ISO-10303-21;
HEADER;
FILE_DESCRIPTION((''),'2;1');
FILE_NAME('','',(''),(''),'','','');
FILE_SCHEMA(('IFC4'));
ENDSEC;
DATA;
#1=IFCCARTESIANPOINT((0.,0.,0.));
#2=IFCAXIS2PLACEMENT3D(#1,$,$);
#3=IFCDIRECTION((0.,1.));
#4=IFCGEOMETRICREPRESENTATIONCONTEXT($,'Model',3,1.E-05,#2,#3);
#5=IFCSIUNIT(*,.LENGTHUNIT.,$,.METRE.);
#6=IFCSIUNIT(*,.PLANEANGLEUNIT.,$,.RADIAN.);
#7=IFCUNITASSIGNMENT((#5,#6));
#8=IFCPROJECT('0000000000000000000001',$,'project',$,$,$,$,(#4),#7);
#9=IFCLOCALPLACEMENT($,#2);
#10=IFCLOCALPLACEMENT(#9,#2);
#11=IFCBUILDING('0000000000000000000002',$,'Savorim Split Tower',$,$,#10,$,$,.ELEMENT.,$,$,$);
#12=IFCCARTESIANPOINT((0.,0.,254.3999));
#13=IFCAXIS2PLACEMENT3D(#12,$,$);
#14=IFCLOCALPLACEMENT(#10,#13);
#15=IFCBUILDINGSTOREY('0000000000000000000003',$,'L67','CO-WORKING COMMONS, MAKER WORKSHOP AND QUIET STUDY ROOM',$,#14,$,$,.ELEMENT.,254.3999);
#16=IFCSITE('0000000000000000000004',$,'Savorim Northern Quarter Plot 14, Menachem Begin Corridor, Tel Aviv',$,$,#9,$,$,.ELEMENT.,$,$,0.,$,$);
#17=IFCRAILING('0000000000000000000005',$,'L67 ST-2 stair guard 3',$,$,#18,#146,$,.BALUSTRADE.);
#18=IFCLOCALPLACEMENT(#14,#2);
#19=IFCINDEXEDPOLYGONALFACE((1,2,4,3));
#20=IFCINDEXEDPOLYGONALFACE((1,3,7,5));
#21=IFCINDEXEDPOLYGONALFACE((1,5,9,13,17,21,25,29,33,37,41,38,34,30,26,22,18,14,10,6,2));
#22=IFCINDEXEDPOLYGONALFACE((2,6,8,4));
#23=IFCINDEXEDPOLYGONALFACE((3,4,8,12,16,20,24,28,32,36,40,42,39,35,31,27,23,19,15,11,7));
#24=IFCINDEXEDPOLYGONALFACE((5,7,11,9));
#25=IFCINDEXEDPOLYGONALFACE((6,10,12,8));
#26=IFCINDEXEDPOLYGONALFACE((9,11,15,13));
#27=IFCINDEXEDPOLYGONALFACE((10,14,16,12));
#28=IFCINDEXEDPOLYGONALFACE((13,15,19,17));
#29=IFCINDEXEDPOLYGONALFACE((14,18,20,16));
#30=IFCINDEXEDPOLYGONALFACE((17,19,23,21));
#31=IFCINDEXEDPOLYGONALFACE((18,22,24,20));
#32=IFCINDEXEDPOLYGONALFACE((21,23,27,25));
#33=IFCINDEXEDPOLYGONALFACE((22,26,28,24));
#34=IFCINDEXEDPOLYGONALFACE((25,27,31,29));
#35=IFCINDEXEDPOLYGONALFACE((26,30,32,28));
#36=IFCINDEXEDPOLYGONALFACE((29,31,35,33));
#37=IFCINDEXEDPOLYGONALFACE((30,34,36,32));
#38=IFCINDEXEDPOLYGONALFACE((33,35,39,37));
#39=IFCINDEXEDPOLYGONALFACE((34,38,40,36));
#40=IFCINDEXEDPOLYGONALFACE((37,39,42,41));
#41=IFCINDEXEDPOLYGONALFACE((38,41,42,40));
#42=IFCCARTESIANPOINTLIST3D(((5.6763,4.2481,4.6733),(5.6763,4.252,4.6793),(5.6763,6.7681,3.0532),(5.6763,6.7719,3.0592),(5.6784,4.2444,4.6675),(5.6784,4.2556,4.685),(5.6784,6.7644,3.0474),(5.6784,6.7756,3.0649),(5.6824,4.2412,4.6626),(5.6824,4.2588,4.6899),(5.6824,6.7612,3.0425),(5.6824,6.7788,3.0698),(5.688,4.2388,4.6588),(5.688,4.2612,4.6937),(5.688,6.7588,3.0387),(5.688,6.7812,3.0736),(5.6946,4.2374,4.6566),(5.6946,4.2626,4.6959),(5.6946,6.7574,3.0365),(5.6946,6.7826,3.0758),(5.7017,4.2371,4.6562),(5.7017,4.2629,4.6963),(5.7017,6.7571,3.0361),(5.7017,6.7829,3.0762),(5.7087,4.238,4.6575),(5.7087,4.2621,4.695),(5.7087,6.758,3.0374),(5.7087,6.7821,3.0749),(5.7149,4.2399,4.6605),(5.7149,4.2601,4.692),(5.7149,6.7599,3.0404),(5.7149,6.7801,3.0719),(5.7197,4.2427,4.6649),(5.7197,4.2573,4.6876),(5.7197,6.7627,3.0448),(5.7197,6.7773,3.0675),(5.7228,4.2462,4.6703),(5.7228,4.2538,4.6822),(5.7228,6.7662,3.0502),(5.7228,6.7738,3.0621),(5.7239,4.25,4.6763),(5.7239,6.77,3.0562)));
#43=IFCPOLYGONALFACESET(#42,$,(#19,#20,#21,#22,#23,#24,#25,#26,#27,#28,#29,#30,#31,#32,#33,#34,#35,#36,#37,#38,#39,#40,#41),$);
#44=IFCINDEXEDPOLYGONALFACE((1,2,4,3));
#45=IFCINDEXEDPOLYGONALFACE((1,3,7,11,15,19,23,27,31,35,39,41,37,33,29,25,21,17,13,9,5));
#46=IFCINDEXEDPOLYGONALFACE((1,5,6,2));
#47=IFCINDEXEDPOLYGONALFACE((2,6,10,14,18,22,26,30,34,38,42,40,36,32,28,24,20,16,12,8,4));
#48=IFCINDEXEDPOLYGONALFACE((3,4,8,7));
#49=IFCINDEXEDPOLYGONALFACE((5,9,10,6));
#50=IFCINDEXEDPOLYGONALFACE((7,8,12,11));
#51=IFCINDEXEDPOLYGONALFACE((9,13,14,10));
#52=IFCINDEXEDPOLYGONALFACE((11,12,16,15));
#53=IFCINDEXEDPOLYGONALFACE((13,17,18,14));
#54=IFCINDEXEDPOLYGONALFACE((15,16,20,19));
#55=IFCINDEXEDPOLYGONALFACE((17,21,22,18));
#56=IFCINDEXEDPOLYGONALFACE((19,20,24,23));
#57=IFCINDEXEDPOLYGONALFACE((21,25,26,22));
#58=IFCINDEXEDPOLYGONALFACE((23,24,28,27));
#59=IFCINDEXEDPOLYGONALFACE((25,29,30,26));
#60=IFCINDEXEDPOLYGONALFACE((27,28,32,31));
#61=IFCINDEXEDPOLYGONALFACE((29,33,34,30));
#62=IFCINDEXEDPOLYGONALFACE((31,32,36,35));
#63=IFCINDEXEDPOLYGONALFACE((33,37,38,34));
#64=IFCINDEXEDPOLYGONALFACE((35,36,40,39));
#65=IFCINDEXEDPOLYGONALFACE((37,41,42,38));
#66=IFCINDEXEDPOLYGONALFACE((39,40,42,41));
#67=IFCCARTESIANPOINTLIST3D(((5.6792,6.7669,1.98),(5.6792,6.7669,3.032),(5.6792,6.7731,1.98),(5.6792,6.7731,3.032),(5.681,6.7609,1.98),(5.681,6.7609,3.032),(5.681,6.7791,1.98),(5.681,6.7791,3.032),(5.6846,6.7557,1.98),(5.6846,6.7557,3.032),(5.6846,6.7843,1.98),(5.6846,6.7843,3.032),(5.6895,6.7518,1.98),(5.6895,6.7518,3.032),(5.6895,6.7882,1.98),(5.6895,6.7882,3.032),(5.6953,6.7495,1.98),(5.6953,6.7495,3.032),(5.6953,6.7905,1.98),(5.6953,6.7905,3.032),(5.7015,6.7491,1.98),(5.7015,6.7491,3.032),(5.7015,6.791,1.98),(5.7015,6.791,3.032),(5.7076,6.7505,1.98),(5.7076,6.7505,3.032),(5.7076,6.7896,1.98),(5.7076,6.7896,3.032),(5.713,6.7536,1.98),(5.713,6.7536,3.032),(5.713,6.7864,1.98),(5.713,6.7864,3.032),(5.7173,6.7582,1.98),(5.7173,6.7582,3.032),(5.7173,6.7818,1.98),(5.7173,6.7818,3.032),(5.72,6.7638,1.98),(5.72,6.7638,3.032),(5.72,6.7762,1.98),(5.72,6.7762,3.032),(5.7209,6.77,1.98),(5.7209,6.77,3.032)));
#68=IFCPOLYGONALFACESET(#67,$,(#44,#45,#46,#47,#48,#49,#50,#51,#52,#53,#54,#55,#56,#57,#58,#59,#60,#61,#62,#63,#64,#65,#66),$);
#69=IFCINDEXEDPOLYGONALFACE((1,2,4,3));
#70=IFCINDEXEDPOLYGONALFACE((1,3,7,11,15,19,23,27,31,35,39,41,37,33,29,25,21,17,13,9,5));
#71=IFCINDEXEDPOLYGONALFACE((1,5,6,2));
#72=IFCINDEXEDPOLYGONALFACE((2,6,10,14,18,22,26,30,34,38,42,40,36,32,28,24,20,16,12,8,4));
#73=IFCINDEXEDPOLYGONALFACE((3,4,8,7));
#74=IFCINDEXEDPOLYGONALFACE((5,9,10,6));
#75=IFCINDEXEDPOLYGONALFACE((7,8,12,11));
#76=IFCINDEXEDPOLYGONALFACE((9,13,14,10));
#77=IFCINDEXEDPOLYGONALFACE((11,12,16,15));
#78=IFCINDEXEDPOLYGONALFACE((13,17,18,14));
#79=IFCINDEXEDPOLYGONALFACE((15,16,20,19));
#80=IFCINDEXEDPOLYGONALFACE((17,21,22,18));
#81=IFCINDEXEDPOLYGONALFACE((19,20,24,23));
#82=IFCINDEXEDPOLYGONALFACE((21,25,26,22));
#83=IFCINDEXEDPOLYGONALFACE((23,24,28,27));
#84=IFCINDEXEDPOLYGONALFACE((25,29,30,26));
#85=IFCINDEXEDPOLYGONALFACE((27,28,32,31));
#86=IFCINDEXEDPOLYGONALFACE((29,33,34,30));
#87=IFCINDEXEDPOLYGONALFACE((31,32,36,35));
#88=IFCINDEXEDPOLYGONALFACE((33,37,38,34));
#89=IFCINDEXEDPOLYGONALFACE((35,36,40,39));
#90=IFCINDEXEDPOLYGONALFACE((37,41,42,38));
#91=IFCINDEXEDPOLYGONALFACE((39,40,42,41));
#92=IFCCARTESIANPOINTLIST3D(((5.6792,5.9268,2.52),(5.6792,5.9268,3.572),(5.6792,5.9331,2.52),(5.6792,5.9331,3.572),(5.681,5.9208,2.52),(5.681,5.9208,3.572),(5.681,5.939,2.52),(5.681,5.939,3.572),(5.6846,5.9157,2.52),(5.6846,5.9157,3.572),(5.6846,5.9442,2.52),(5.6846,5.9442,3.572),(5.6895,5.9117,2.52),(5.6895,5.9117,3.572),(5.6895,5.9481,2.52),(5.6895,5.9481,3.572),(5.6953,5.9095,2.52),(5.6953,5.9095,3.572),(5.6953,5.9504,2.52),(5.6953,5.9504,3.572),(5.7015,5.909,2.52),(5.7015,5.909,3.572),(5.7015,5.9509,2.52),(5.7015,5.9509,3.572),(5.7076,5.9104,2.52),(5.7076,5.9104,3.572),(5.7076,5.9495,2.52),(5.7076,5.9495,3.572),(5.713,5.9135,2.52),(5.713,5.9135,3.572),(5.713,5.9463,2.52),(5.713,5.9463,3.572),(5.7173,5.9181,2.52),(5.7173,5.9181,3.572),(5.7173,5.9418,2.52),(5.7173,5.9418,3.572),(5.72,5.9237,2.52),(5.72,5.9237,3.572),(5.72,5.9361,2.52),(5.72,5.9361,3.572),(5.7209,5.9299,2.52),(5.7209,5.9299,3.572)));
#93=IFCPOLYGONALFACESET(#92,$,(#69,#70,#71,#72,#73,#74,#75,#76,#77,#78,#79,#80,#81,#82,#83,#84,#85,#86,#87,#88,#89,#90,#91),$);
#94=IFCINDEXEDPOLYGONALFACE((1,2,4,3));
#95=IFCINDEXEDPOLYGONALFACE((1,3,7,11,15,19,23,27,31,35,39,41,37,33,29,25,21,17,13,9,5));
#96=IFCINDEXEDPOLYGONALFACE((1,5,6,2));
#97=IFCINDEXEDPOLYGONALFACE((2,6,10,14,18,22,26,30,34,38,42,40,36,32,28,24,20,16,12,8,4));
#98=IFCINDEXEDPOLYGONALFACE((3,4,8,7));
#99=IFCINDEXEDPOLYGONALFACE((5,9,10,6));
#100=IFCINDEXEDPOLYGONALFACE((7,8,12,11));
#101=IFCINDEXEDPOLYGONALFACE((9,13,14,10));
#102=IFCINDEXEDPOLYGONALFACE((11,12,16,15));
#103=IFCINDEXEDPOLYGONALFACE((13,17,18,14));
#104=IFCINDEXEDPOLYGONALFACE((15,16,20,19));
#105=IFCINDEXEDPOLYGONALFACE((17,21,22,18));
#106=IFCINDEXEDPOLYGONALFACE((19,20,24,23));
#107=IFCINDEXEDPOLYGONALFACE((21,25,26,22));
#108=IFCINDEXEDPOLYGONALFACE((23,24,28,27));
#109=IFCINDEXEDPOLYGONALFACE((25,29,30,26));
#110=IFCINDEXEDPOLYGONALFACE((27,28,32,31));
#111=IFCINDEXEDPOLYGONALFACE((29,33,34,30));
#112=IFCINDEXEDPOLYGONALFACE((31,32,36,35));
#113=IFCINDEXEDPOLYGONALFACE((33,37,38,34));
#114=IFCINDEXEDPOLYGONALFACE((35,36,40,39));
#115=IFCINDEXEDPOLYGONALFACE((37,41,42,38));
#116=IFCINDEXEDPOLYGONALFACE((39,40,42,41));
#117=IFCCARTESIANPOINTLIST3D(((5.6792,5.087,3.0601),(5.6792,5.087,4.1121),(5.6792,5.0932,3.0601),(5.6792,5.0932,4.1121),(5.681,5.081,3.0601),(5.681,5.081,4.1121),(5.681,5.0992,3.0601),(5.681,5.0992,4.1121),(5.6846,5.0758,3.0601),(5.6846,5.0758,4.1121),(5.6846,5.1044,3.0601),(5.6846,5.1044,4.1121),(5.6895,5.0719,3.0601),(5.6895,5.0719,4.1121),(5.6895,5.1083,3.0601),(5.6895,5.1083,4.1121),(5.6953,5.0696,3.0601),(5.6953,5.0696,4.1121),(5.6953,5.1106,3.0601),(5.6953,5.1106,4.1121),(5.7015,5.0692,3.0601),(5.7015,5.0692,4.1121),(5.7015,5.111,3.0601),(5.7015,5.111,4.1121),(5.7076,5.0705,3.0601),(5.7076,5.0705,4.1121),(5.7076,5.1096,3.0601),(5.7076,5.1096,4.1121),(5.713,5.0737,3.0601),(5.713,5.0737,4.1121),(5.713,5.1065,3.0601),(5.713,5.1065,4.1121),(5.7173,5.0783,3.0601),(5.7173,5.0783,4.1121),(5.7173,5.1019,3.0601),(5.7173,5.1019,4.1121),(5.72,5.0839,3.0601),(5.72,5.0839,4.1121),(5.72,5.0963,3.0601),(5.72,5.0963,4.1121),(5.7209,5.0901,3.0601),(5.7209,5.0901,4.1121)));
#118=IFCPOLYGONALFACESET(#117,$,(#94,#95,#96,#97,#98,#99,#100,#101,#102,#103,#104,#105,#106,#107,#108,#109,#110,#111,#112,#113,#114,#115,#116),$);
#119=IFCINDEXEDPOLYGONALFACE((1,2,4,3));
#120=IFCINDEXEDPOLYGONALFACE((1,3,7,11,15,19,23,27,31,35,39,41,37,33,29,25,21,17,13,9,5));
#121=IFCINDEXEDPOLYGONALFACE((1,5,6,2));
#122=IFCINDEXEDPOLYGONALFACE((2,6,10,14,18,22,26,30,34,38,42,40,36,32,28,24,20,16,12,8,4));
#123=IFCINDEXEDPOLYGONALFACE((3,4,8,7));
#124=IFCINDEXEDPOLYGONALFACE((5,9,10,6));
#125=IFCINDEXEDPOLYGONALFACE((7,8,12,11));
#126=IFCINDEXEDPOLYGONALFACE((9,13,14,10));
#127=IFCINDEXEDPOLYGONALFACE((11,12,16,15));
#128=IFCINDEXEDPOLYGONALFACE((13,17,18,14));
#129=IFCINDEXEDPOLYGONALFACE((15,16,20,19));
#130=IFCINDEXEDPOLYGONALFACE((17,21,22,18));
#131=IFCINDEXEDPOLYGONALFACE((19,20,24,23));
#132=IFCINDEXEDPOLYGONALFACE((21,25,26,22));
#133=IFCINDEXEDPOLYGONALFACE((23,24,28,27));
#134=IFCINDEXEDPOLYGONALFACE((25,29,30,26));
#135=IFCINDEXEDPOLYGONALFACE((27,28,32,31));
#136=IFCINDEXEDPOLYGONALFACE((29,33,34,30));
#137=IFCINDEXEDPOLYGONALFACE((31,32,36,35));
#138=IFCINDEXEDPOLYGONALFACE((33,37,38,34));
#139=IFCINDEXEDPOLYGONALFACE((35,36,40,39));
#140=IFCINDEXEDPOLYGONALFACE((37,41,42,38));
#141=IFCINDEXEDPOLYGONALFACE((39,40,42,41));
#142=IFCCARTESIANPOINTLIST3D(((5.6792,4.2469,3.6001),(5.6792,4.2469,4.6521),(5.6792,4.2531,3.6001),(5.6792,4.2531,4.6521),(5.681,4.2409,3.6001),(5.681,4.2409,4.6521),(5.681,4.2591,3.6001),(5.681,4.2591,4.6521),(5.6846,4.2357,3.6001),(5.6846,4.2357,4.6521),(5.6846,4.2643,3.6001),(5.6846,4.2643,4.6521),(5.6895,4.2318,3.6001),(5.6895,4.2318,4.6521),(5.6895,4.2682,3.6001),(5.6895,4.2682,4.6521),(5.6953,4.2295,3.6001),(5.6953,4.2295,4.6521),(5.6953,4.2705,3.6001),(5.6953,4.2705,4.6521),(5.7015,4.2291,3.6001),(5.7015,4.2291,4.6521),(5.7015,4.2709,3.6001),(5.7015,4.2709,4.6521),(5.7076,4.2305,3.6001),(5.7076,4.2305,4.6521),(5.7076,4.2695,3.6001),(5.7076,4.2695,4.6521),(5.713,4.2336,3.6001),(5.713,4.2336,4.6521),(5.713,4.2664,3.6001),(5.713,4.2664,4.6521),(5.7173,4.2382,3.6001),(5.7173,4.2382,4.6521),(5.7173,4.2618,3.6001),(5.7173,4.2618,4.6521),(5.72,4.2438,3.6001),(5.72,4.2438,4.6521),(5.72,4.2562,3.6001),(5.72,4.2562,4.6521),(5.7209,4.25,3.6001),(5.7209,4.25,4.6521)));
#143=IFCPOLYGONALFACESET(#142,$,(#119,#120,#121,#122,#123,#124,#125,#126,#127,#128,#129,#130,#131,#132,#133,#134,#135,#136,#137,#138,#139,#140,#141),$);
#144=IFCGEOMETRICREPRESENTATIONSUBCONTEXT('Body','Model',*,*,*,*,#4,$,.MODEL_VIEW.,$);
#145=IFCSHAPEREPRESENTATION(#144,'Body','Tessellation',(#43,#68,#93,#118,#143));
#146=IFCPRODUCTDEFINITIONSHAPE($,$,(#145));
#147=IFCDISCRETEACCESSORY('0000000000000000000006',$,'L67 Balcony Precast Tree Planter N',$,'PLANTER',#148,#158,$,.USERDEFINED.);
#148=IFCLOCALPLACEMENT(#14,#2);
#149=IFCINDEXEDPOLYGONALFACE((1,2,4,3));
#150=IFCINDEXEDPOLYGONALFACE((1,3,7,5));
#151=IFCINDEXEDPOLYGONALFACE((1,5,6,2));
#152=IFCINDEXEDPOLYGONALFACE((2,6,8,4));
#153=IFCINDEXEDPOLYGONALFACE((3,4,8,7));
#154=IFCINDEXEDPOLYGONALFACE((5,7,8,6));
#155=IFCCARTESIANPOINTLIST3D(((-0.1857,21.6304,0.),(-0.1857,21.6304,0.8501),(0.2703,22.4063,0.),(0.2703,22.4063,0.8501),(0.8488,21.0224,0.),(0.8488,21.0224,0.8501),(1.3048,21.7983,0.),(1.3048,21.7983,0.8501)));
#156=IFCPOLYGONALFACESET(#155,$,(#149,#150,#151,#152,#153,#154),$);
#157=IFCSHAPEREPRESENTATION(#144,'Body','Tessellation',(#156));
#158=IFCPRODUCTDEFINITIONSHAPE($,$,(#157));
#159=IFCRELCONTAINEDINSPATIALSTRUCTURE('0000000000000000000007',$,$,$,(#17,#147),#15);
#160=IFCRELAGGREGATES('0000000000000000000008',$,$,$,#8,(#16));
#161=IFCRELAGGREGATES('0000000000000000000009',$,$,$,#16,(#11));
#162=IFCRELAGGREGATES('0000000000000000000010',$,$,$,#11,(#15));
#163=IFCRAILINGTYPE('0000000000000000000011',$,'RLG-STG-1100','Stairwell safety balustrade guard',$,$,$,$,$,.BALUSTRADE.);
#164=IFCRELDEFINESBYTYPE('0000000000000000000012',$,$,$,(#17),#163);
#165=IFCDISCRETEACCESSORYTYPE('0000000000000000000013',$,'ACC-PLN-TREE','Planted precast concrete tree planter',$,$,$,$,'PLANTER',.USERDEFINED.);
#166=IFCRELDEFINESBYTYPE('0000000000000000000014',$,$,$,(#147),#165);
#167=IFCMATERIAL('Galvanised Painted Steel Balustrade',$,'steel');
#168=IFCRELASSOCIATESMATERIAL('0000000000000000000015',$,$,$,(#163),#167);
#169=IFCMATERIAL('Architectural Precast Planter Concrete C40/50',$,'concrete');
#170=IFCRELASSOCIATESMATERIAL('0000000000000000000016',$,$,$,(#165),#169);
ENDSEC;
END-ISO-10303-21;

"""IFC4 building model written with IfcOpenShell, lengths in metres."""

from ifc_helpers import new_model, si_unit, direction, frame, origin, origin_2d, place, context, subcontext, project, spatial, rectangle, circle, extrude, material, type_object, element, save


model = new_model("IFC4")

# Units and contexts
model_context = context("Model", 3, precision=1e-05, world=origin(), true_north=direction((0.0, 1.0)))
body_context = subcontext(model_context, "Body", "Model", "MODEL_VIEW")
ifc_project = project(units=[si_unit("LENGTHUNIT", "METRE"), si_unit("PLANEANGLEUNIT", "RADIAN")], contexts=[model_context])

# Site, building, storey
site_placement = place(None, origin())
site = spatial("IfcSite", under=ifc_project, at=site_placement, Name="Savorim Northern Quarter Plot 14, Menachem Begin Corridor, Tel Aviv", CompositionType="ELEMENT", RefElevation=0.0)
building_placement = place(site_placement, origin())
building = spatial("IfcBuilding", under=site, at=building_placement, Name="Savorim Split Tower", CompositionType="ELEMENT")
storey_placement = place(building_placement, frame((0.0, 0.0, 254.3999)))
storey = spatial("IfcBuildingStorey", under=building, at=storey_placement, Name="L67", Description="CO-WORKING COMMONS, MAKER WORKSHOP AND QUIET STUDY ROOM", CompositionType="ELEMENT", Elevation=254.3999)

# Railing
ifc_material_1 = material(Name="Galvanised Painted Steel Balustrade", Category="steel")
railing_type_1 = type_object("IfcRailingType", Name="RLG-STG-1100", Description="Stairwell safety balustrade guard", PredefinedType="BALUSTRADE", material=ifc_material_1)
railing_1_placement = place(storey_placement, frame((5.7, 6.77, 1.98)))
element("IfcRailing", 1, at=railing_1_placement, inside=storey, type_object=railing_type_1, Name="L67 ST-2 stair guard 3", PredefinedType="BALUSTRADE", context=body_context, shape_type="SweptSolid", body=[
    extrude(circle(Radius=0.0239, at=origin_2d()), frame((0.0, 0.0, 1.0762), z_axis=(0.0, -0.841163, 0.540782), x_axis=(1.0, 0.0, 0.0)), (0.0, 0.0, 1.0), 2.9958),
    extrude(circle(Radius=0.021, at=origin_2d()), origin(), (0.0, 0.0, 1.0), 1.052),
    extrude(circle(Radius=0.021, at=origin_2d()), frame((0.0, -0.8401, 0.54)), (0.0, 0.0, 1.0), 1.052),
    extrude(circle(Radius=0.021, at=origin_2d()), frame((0.0, -1.6799, 1.0801)), (0.0, 0.0, 1.0), 1.052),
    extrude(circle(Radius=0.021, at=origin_2d()), frame((0.0, -2.52, 1.6201)), (0.0, 0.0, 1.0), 1.052),
])

# Discrete accessory
ifc_material_2 = material(Name="Architectural Precast Planter Concrete C40/50", Category="concrete")
discrete_accessory_type = type_object("IfcDiscreteAccessoryType", Name="ACC-PLN-TREE", Description="Planted precast concrete tree planter", ElementType="PLANTER", PredefinedType="USERDEFINED", material=ifc_material_2)
discrete_accessory_placement = place(storey_placement, frame((0.5596, 21.7144, 0.0), z_axis=(0.0, 0.0, 1.0), x_axis=(-0.862125, 0.506696, 0.0)))
element("IfcDiscreteAccessory", 2, at=discrete_accessory_placement, inside=storey, type_object=discrete_accessory_type, Name="L67 Balcony Precast Tree Planter N", ObjectType="PLANTER", PredefinedType="USERDEFINED", context=body_context, shape_type="SweptSolid", body=[
    extrude(rectangle(XDim=1.2, YDim=0.8999, at=origin_2d()), origin(), (0.0, 0.0, 1.0), 0.8501),
])

save(model, "model.ifc")
